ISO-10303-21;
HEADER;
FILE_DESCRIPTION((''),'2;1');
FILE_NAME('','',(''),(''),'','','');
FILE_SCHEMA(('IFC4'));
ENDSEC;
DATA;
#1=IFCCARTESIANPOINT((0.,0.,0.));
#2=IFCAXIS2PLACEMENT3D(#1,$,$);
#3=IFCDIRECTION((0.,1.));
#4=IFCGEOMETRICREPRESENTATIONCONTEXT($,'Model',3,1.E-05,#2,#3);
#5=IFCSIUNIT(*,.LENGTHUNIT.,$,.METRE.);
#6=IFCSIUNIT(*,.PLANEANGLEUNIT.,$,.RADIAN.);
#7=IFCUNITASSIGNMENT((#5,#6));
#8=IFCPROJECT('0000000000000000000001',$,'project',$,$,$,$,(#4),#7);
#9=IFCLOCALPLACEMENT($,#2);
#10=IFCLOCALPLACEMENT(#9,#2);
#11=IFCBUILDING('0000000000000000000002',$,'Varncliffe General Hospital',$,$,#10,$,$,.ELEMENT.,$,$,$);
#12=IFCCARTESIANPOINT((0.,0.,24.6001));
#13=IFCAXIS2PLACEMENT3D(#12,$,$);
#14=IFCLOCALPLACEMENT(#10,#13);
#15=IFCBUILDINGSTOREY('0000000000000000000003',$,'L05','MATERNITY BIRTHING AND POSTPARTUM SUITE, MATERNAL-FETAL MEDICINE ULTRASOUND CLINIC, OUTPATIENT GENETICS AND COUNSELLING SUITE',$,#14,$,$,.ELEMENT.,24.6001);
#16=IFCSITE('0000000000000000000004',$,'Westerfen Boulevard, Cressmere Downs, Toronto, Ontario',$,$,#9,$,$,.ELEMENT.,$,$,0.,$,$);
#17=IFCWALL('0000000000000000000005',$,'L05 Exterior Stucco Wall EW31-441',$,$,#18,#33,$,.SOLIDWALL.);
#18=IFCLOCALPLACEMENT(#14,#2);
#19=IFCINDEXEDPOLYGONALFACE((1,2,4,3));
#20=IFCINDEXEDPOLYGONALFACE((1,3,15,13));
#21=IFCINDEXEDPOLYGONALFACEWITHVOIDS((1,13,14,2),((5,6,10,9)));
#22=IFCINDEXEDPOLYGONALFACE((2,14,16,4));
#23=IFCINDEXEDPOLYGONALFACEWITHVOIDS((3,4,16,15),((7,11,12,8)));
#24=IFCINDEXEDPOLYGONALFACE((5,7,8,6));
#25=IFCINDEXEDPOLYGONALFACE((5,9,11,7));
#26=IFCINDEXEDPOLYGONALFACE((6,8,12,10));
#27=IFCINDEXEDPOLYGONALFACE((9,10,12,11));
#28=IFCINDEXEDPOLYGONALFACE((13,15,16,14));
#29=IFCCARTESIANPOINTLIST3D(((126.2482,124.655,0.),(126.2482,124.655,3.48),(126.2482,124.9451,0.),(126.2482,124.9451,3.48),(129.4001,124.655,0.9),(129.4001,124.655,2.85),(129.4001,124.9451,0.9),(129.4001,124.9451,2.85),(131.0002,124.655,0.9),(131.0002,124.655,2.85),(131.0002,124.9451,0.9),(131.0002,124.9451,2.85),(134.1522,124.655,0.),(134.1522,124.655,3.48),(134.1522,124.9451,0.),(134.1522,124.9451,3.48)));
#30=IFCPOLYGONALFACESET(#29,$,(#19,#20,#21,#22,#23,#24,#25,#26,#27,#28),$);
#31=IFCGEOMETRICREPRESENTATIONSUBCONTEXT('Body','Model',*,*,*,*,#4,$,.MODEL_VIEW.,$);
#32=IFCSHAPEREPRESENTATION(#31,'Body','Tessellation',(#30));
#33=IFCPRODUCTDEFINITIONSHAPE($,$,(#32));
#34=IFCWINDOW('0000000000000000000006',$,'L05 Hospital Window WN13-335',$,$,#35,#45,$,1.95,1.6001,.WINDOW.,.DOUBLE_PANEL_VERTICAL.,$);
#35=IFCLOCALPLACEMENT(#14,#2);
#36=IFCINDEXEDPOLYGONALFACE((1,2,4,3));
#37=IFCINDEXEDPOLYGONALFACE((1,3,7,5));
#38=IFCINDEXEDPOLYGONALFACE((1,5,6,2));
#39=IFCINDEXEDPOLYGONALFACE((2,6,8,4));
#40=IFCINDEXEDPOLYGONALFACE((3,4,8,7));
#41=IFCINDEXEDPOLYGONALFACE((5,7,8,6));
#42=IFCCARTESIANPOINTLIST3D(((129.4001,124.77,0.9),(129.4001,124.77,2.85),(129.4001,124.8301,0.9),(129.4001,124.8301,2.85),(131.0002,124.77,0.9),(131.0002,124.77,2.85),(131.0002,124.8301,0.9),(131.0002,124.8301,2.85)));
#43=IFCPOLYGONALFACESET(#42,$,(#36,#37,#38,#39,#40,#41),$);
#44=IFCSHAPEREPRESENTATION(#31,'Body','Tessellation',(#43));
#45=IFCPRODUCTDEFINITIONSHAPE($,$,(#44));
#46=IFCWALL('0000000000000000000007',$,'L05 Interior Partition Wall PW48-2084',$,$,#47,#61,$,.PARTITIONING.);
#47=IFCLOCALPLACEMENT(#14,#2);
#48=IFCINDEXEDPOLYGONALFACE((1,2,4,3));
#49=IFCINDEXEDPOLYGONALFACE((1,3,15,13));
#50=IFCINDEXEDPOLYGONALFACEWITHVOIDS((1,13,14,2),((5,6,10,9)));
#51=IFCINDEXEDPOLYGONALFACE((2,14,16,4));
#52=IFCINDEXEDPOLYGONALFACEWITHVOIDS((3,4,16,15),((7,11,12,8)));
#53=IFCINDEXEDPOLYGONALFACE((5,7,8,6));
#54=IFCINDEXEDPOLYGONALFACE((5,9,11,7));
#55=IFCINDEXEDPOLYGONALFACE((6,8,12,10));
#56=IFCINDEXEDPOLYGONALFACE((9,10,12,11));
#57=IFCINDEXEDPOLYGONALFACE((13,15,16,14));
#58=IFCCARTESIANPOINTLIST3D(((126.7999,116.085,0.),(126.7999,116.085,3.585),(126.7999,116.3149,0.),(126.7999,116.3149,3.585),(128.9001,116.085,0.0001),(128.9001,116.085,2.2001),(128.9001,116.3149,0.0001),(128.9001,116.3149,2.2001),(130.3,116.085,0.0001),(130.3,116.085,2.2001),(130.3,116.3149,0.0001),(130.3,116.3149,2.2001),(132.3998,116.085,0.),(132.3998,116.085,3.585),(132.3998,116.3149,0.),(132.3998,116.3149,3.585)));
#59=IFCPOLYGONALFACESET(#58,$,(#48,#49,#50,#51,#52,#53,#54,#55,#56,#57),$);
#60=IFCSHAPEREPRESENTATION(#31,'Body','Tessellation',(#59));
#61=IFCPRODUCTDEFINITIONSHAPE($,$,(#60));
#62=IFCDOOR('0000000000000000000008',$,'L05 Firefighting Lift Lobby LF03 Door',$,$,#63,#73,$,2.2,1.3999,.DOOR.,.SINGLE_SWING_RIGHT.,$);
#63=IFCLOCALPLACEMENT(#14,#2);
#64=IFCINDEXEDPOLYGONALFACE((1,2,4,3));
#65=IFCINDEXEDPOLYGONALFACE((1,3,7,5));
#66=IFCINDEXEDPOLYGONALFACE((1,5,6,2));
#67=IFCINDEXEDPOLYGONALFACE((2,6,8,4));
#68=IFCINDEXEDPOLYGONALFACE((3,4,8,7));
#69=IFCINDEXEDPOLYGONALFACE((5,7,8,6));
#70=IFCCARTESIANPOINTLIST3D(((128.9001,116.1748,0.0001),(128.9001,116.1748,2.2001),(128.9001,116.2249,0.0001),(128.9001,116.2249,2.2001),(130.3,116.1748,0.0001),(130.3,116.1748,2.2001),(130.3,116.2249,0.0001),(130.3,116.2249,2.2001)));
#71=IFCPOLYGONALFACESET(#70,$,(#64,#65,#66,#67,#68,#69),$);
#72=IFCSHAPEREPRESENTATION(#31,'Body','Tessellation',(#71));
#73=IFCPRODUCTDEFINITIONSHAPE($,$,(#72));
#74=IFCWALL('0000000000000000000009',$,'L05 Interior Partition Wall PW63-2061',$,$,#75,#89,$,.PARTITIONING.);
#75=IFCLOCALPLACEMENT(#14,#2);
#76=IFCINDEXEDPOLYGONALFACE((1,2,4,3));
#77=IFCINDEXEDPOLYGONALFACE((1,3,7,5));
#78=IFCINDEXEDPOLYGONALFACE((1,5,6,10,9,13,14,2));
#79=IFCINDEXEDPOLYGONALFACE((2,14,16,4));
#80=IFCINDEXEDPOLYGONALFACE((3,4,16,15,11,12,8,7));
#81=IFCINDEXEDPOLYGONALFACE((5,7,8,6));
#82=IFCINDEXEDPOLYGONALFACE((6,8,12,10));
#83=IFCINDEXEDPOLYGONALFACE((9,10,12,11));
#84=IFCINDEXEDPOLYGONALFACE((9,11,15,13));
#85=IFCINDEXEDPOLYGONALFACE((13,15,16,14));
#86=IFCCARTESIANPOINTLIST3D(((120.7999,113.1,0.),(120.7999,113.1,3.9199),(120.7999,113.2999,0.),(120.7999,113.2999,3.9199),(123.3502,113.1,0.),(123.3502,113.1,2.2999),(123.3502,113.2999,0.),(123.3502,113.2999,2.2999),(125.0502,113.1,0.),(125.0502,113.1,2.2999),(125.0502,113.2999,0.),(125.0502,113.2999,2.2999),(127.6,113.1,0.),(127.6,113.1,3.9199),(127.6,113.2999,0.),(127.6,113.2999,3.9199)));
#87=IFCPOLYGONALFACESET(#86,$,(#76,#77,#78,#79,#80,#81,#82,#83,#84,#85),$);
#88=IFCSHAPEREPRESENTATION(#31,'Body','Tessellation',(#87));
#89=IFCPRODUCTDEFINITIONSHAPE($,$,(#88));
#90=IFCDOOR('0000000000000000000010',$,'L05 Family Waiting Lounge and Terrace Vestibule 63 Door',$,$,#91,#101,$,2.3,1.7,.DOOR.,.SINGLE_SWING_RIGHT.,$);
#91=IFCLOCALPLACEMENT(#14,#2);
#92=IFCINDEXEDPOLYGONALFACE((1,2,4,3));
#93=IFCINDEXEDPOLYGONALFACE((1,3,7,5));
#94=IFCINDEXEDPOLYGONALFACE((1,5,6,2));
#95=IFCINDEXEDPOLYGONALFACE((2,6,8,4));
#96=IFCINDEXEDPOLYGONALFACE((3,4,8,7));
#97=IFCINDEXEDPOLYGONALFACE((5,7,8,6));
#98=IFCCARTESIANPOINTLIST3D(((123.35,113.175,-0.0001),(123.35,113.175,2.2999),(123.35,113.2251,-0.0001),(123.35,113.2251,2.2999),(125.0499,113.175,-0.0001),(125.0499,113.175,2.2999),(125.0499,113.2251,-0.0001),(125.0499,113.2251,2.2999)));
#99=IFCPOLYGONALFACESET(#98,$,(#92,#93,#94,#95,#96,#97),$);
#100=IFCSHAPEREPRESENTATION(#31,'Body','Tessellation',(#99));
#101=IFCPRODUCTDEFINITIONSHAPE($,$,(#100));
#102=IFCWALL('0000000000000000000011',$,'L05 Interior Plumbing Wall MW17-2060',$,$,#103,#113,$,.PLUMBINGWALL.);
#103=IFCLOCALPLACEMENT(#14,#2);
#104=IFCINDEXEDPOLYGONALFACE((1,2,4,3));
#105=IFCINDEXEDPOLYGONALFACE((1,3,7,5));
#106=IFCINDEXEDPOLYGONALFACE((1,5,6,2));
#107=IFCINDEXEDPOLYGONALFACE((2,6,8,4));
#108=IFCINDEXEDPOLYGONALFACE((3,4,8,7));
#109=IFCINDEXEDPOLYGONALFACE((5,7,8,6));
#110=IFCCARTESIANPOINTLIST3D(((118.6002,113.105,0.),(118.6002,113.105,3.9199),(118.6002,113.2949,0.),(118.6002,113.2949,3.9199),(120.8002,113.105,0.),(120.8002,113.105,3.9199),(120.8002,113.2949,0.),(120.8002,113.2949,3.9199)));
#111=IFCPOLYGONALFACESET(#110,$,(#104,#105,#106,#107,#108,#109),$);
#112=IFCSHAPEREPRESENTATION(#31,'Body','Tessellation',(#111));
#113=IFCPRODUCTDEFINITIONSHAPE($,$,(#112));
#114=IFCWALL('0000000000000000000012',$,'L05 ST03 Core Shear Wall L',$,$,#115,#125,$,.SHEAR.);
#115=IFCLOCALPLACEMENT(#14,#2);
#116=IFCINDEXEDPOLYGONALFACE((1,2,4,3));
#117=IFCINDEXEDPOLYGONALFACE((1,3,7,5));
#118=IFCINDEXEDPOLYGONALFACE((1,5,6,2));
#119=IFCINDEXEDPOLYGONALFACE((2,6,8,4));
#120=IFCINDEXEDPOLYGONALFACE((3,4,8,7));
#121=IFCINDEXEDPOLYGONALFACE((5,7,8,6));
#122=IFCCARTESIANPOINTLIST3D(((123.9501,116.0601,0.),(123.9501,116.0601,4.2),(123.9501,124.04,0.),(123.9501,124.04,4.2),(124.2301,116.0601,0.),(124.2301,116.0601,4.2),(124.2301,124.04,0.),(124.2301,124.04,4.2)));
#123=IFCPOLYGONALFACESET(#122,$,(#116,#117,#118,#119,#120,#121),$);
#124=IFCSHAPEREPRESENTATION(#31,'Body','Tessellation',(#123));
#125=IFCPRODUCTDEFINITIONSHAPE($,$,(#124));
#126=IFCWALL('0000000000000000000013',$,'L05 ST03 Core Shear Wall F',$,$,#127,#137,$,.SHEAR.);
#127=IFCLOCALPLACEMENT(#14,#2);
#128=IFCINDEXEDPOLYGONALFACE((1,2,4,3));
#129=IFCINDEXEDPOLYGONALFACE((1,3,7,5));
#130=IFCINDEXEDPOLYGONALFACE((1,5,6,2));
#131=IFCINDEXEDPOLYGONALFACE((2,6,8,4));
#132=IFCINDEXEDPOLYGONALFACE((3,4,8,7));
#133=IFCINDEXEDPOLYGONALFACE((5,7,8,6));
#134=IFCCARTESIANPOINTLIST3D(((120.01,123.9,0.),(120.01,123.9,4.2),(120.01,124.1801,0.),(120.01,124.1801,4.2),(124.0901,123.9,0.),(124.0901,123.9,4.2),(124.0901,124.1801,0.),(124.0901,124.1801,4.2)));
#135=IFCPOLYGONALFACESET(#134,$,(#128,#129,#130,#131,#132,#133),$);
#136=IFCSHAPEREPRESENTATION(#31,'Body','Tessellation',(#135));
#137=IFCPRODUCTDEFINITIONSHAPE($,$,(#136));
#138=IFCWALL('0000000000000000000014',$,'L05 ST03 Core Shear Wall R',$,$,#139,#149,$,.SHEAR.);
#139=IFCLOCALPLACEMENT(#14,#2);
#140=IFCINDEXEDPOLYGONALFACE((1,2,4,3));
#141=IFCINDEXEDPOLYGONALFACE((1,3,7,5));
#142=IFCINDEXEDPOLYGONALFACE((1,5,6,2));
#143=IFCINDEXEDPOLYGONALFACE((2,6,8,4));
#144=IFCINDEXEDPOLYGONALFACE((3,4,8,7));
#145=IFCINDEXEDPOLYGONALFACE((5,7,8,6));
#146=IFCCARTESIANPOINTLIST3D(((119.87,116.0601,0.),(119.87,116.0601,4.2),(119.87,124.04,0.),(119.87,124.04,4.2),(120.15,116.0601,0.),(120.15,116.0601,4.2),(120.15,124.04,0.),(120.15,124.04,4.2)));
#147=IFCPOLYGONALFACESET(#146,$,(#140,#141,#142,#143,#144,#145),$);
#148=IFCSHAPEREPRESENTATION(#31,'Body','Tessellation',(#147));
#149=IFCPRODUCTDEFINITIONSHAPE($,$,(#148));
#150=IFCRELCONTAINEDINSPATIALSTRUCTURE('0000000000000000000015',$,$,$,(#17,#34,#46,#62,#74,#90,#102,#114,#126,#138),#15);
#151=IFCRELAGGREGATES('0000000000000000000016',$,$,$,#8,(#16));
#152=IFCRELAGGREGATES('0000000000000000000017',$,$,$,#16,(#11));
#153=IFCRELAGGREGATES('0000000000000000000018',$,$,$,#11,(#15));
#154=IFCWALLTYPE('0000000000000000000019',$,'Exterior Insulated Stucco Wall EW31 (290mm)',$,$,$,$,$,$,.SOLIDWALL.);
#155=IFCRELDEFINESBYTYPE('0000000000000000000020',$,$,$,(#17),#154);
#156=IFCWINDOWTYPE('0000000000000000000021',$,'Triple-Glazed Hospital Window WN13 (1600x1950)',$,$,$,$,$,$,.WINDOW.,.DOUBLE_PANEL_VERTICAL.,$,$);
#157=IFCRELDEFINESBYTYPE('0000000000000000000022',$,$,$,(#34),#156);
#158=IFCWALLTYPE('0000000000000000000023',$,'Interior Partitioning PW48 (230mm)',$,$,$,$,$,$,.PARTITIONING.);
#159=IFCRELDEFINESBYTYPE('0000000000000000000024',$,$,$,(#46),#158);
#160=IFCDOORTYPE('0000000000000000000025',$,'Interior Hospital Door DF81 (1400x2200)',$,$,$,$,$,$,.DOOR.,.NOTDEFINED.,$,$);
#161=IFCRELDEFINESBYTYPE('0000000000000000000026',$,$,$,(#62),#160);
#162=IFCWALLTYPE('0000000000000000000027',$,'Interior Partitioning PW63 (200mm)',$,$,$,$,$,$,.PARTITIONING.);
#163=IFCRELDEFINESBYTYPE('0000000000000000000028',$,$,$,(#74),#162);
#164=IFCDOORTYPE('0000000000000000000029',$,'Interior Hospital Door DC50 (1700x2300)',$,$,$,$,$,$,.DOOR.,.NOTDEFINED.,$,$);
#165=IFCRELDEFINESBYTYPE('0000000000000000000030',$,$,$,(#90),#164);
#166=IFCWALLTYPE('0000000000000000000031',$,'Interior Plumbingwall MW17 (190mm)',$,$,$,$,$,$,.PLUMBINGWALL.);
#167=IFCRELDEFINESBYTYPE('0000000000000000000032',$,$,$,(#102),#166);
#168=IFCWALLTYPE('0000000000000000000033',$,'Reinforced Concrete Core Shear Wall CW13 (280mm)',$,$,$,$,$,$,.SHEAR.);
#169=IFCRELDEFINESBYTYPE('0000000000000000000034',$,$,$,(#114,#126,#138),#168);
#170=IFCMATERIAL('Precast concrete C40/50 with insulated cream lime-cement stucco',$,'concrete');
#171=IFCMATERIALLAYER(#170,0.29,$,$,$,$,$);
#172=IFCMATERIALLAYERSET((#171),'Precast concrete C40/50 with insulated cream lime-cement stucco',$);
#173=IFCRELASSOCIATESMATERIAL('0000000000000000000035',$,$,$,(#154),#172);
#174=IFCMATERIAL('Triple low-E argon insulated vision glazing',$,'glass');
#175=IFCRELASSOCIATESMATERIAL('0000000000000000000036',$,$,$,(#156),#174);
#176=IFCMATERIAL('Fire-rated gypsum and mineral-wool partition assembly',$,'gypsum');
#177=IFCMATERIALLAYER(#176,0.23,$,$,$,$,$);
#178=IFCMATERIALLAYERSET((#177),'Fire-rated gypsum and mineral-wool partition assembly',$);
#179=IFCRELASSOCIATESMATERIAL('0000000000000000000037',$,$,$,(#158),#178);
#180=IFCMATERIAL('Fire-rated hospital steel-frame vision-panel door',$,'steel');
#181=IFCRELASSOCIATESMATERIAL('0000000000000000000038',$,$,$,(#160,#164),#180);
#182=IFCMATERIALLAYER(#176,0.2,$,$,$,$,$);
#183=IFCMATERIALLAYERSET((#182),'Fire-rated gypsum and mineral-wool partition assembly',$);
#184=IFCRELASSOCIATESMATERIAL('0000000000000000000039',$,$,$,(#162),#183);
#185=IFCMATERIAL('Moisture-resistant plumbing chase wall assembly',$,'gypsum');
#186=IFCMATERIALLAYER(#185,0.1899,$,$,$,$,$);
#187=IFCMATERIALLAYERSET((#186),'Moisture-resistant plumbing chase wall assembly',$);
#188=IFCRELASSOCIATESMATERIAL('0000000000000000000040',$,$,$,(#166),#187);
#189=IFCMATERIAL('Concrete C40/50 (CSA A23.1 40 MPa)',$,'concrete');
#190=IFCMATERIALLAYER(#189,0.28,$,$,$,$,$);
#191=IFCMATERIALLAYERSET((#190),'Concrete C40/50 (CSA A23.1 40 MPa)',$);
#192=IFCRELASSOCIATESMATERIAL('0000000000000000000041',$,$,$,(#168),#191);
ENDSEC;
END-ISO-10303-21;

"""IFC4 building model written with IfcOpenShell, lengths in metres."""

from ifc_helpers import new_model, si_unit, direction, frame, frame_2d, origin, place, context, subcontext, project, spatial, rectangle, extrude, material, layer, layer_set, type_object, element, fill, save


model = new_model("IFC4")

# Units and contexts
model_context = context("Model", 3, precision=1e-05, world=origin(), true_north=direction((0.0, 1.0)))
body_context = subcontext(model_context, "Body", "Model", "MODEL_VIEW")
ifc_project = project(units=[si_unit("LENGTHUNIT", "METRE"), si_unit("PLANEANGLEUNIT", "RADIAN")], contexts=[model_context])

# Site, building, storey
site_placement = place(None, origin())
site = spatial("IfcSite", under=ifc_project, at=site_placement, Name="Westerfen Boulevard, Cressmere Downs, Toronto, Ontario", CompositionType="ELEMENT", RefElevation=0.0)
building_placement = place(site_placement, origin())
building = spatial("IfcBuilding", under=site, at=building_placement, Name="Varncliffe General Hospital", CompositionType="ELEMENT")
storey_placement = place(building_placement, frame((0.0, 0.0, 24.6001)))
storey = spatial("IfcBuildingStorey", under=building, at=storey_placement, Name="L05", Description="MATERNITY BIRTHING AND POSTPARTUM SUITE, MATERNAL-FETAL MEDICINE ULTRASOUND CLINIC, OUTPATIENT GENETICS AND COUNSELLING SUITE", CompositionType="ELEMENT", Elevation=24.6001)

# Shared definitions
ifc_material_1 = material(Name="Concrete C40/50 (CSA A23.1 40 MPa)", Category="concrete")

# Wall, opening, window
ifc_material_2 = material(Name="Precast concrete C40/50 with insulated cream lime-cement stucco", Category="concrete")
ifc_material_3 = material(Name="Triple low-E argon insulated vision glazing", Category="glass")
ifc_layer_1 = layer(ifc_material_2, 0.29)
ifc_layer_set_1 = layer_set([ifc_layer_1], Name="Precast concrete C40/50 with insulated cream lime-cement stucco")
wall_type_1 = type_object("IfcWallType", Name="Exterior Insulated Stucco Wall EW31 (290mm)", PredefinedType="SOLIDWALL", material=ifc_layer_set_1)
wall_1_placement = place(storey_placement, frame((126.248, 124.8, 0.0), z_axis=(0.0, 0.0, 1.0), x_axis=(1.0, 0.0, 0.0)))
wall_1 = element("IfcWall", 1, at=wall_1_placement, inside=storey, type_object=wall_type_1, Name="L05 Exterior Stucco Wall EW31-441", PredefinedType="SOLIDWALL", context=body_context, shape_type="SweptSolid", body=[
    extrude(rectangle(XDim=7.9041, YDim=0.29, at=frame_2d((3.9521, 0.0))), origin(), (0.0, 0.0, 1.0), 3.48),
])
opening_1_placement = place(wall_1_placement, frame((3.1521, 0.0, 0.8999)))
opening_1 = element("IfcOpeningElement", 2, at=opening_1_placement, cuts=wall_1, PredefinedType="OPENING", context=body_context, shape_type="SweptSolid", body=[
    extrude(rectangle(XDim=1.6001, YDim=1.95, at=frame_2d((0.8, 0.9751))), frame((0.0, 0.155, 0.0), z_axis=(0.0, -1.0, 0.0), x_axis=(1.0, 0.0, 0.0)), (0.0, 0.0, 1.0), 0.3101),
])
window_type_1 = type_object("IfcWindowType", Name="Triple-Glazed Hospital Window WN13 (1600x1950)", PartitioningType="DOUBLE_PANEL_VERTICAL", PredefinedType="WINDOW", material=ifc_material_3)
window_1_placement = place(opening_1_placement, origin())
window_1 = element("IfcWindow", 3, at=window_1_placement, inside=storey, type_object=window_type_1, Name="L05 Hospital Window WN13-335", OverallHeight=1.95, OverallWidth=1.6001, PartitioningType="DOUBLE_PANEL_VERTICAL", PredefinedType="WINDOW", context=body_context, shape_type="SweptSolid", body=[
    extrude(rectangle(XDim=1.6001, YDim=1.95, at=frame_2d((0.8, 0.9751))), frame((0.0, 0.03, 0.0), z_axis=(0.0, -1.0, 0.0), x_axis=(1.0, 0.0, 0.0)), (0.0, 0.0, 1.0), 0.0601),
])
fill(opening_1, window_1)

# Walls, openings, doors
ifc_material_4 = material(Name="Fire-rated gypsum and mineral-wool partition assembly", Category="gypsum")
ifc_layer_2 = layer(ifc_material_4, 0.23)
ifc_layer_set_2 = layer_set([ifc_layer_2], Name="Fire-rated gypsum and mineral-wool partition assembly")
wall_type_2 = type_object("IfcWallType", Name="Interior Partitioning PW48 (230mm)", PredefinedType="PARTITIONING", material=ifc_layer_set_2)
wall_2_placement = place(storey_placement, frame((126.8, 116.2, 0.0), z_axis=(0.0, 0.0, 1.0), x_axis=(1.0, 0.0, 0.0)))
wall_2 = element("IfcWall", 4, at=wall_2_placement, inside=storey, type_object=wall_type_2, Name="L05 Interior Partition Wall PW48-2084", PredefinedType="PARTITIONING", context=body_context, shape_type="SweptSolid", body=[
    extrude(rectangle(XDim=5.5999, YDim=0.23, at=frame_2d((2.7998, 0.0))), origin(), (0.0, 0.0, 1.0), 3.585),
])
opening_2_placement = place(wall_2_placement, frame((2.1001, 0.0, 0.0)))
opening_2 = element("IfcOpeningElement", 5, at=opening_2_placement, cuts=wall_2, PredefinedType="OPENING", context=body_context, shape_type="SweptSolid", body=[
    extrude(rectangle(XDim=1.3999, YDim=2.2, at=frame_2d((0.7, 1.1001))), frame((0.0, 0.125, 0.0), z_axis=(0.0, -1.0, 0.0), x_axis=(1.0, 0.0, 0.0)), (0.0, 0.0, 1.0), 0.25),
])
ifc_material_5 = material(Name="Fire-rated hospital steel-frame vision-panel door", Category="steel")
door_type_1 = type_object("IfcDoorType", Name="Interior Hospital Door DF81 (1400x2200)", OperationType="NOTDEFINED", PredefinedType="DOOR", material=ifc_material_5)
door_1_placement = place(opening_2_placement, origin())
door_1 = element("IfcDoor", 6, at=door_1_placement, inside=storey, type_object=door_type_1, Name="L05 Firefighting Lift Lobby LF03 Door", OperationType="SINGLE_SWING_RIGHT", OverallHeight=2.2, OverallWidth=1.3999, PredefinedType="DOOR", context=body_context, shape_type="SweptSolid", body=[
    extrude(rectangle(XDim=1.3999, YDim=2.2, at=frame_2d((0.7, 1.1001))), frame((0.0, 0.0249, 0.0), z_axis=(0.0, -1.0, 0.0), x_axis=(1.0, 0.0, 0.0)), (0.0, 0.0, 1.0), 0.05),
])
fill(opening_2, door_1)
ifc_layer_3 = layer(ifc_material_4, 0.2)
ifc_layer_set_3 = layer_set([ifc_layer_3], Name="Fire-rated gypsum and mineral-wool partition assembly")
wall_type_3 = type_object("IfcWallType", Name="Interior Partitioning PW63 (200mm)", PredefinedType="PARTITIONING", material=ifc_layer_set_3)
wall_3_placement = place(storey_placement, frame((120.8, 113.2, 0.0), z_axis=(0.0, 0.0, 1.0), x_axis=(1.0, 0.0, 0.0)))
wall_3 = element("IfcWall", 7, at=wall_3_placement, inside=storey, type_object=wall_type_3, Name="L05 Interior Partition Wall PW63-2061", PredefinedType="PARTITIONING", context=body_context, shape_type="SweptSolid", body=[
    extrude(rectangle(XDim=6.8, YDim=0.2, at=frame_2d((3.3999, 0.0))), origin(), (0.0, 0.0, 1.0), 3.9199),
])
opening_3_placement = place(wall_3_placement, frame((2.55, 0.0, 0.0)))
opening_3 = element("IfcOpeningElement", 8, at=opening_3_placement, cuts=wall_3, PredefinedType="OPENING", context=body_context, shape_type="SweptSolid", body=[
    extrude(rectangle(XDim=1.7, YDim=2.3, at=frame_2d((0.8501, 1.1499))), frame((0.0, 0.1099, 0.0), z_axis=(0.0, -1.0, 0.0), x_axis=(1.0, 0.0, 0.0)), (0.0, 0.0, 1.0), 0.22),
])
door_type_2 = type_object("IfcDoorType", Name="Interior Hospital Door DC50 (1700x2300)", OperationType="NOTDEFINED", PredefinedType="DOOR", material=ifc_material_5)
door_2_placement = place(opening_3_placement, frame((1.7, 0.0, 0.0), z_axis=(0.0, 0.0, 1.0), x_axis=(-1.0, 0.0, 0.0)))
door_2 = element("IfcDoor", 9, at=door_2_placement, inside=storey, type_object=door_type_2, Name="L05 Family Waiting Lounge and Terrace Vestibule 63 Door", OperationType="SINGLE_SWING_RIGHT", OverallHeight=2.3, OverallWidth=1.7, PredefinedType="DOOR", context=body_context, shape_type="SweptSolid", body=[
    extrude(rectangle(XDim=1.7, YDim=2.3, at=frame_2d((0.8501, 1.1499))), frame((0.0, 0.0249, 0.0), z_axis=(0.0, -1.0, 0.0), x_axis=(1.0, 0.0, 0.0)), (0.0, 0.0, 1.0), 0.05),
])
fill(opening_3, door_2)

# Walls
ifc_material_6 = material(Name="Moisture-resistant plumbing chase wall assembly", Category="gypsum")
ifc_layer_4 = layer(ifc_material_6, 0.1899)
ifc_layer_set_4 = layer_set([ifc_layer_4], Name="Moisture-resistant plumbing chase wall assembly")
wall_type_4 = type_object("IfcWallType", Name="Interior Plumbingwall MW17 (190mm)", PredefinedType="PLUMBINGWALL", material=ifc_layer_set_4)
wall_4_placement = place(storey_placement, frame((118.6001, 113.2, 0.0), z_axis=(0.0, 0.0, 1.0), x_axis=(1.0, 0.0, 0.0)))
element("IfcWall", 10, at=wall_4_placement, inside=storey, type_object=wall_type_4, Name="L05 Interior Plumbing Wall MW17-2060", PredefinedType="PLUMBINGWALL", context=body_context, shape_type="SweptSolid", body=[
    extrude(rectangle(XDim=2.2, YDim=0.1899, at=frame_2d((1.1001, 0.0))), origin(), (0.0, 0.0, 1.0), 3.9199),
])
ifc_layer_5 = layer(ifc_material_1, 0.28)
ifc_layer_set_5 = layer_set([ifc_layer_5], Name="Concrete C40/50 (CSA A23.1 40 MPa)")
wall_type_5 = type_object("IfcWallType", Name="Reinforced Concrete Core Shear Wall CW13 (280mm)", PredefinedType="SHEAR", material=ifc_layer_set_5)
wall_5_placement = place(storey_placement, frame((124.0901, 116.0601, 0.0), z_axis=(0.0, 0.0, 1.0), x_axis=(0.0, 1.0, 0.0)))
element("IfcWall", 11, at=wall_5_placement, inside=storey, type_object=wall_type_5, Name="L05 ST03 Core Shear Wall L", PredefinedType="SHEAR", context=body_context, shape_type="SweptSolid", body=[
    extrude(rectangle(XDim=7.98, YDim=0.28, at=frame_2d((3.99, 0.0))), origin(), (0.0, 0.0, 1.0), 4.2),
])
wall_6_placement = place(storey_placement, frame((124.0901, 124.04, 0.0), z_axis=(0.0, 0.0, 1.0), x_axis=(-1.0, 0.0, 0.0)))
element("IfcWall", 12, at=wall_6_placement, inside=storey, type_object=wall_type_5, Name="L05 ST03 Core Shear Wall F", PredefinedType="SHEAR", context=body_context, shape_type="SweptSolid", body=[
    extrude(rectangle(XDim=4.0801, YDim=0.28, at=frame_2d((2.04, 0.0))), origin(), (0.0, 0.0, 1.0), 4.2),
])
wall_7_placement = place(storey_placement, frame((120.01, 124.04, 0.0), z_axis=(0.0, 0.0, 1.0), x_axis=(0.0, -1.0, 0.0)))
element("IfcWall", 13, at=wall_7_placement, inside=storey, type_object=wall_type_5, Name="L05 ST03 Core Shear Wall R", PredefinedType="SHEAR", context=body_context, shape_type="SweptSolid", body=[
    extrude(rectangle(XDim=7.98, YDim=0.28, at=frame_2d((3.99, 0.0))), origin(), (0.0, 0.0, 1.0), 4.2),
])

save(model, "model.ifc")
